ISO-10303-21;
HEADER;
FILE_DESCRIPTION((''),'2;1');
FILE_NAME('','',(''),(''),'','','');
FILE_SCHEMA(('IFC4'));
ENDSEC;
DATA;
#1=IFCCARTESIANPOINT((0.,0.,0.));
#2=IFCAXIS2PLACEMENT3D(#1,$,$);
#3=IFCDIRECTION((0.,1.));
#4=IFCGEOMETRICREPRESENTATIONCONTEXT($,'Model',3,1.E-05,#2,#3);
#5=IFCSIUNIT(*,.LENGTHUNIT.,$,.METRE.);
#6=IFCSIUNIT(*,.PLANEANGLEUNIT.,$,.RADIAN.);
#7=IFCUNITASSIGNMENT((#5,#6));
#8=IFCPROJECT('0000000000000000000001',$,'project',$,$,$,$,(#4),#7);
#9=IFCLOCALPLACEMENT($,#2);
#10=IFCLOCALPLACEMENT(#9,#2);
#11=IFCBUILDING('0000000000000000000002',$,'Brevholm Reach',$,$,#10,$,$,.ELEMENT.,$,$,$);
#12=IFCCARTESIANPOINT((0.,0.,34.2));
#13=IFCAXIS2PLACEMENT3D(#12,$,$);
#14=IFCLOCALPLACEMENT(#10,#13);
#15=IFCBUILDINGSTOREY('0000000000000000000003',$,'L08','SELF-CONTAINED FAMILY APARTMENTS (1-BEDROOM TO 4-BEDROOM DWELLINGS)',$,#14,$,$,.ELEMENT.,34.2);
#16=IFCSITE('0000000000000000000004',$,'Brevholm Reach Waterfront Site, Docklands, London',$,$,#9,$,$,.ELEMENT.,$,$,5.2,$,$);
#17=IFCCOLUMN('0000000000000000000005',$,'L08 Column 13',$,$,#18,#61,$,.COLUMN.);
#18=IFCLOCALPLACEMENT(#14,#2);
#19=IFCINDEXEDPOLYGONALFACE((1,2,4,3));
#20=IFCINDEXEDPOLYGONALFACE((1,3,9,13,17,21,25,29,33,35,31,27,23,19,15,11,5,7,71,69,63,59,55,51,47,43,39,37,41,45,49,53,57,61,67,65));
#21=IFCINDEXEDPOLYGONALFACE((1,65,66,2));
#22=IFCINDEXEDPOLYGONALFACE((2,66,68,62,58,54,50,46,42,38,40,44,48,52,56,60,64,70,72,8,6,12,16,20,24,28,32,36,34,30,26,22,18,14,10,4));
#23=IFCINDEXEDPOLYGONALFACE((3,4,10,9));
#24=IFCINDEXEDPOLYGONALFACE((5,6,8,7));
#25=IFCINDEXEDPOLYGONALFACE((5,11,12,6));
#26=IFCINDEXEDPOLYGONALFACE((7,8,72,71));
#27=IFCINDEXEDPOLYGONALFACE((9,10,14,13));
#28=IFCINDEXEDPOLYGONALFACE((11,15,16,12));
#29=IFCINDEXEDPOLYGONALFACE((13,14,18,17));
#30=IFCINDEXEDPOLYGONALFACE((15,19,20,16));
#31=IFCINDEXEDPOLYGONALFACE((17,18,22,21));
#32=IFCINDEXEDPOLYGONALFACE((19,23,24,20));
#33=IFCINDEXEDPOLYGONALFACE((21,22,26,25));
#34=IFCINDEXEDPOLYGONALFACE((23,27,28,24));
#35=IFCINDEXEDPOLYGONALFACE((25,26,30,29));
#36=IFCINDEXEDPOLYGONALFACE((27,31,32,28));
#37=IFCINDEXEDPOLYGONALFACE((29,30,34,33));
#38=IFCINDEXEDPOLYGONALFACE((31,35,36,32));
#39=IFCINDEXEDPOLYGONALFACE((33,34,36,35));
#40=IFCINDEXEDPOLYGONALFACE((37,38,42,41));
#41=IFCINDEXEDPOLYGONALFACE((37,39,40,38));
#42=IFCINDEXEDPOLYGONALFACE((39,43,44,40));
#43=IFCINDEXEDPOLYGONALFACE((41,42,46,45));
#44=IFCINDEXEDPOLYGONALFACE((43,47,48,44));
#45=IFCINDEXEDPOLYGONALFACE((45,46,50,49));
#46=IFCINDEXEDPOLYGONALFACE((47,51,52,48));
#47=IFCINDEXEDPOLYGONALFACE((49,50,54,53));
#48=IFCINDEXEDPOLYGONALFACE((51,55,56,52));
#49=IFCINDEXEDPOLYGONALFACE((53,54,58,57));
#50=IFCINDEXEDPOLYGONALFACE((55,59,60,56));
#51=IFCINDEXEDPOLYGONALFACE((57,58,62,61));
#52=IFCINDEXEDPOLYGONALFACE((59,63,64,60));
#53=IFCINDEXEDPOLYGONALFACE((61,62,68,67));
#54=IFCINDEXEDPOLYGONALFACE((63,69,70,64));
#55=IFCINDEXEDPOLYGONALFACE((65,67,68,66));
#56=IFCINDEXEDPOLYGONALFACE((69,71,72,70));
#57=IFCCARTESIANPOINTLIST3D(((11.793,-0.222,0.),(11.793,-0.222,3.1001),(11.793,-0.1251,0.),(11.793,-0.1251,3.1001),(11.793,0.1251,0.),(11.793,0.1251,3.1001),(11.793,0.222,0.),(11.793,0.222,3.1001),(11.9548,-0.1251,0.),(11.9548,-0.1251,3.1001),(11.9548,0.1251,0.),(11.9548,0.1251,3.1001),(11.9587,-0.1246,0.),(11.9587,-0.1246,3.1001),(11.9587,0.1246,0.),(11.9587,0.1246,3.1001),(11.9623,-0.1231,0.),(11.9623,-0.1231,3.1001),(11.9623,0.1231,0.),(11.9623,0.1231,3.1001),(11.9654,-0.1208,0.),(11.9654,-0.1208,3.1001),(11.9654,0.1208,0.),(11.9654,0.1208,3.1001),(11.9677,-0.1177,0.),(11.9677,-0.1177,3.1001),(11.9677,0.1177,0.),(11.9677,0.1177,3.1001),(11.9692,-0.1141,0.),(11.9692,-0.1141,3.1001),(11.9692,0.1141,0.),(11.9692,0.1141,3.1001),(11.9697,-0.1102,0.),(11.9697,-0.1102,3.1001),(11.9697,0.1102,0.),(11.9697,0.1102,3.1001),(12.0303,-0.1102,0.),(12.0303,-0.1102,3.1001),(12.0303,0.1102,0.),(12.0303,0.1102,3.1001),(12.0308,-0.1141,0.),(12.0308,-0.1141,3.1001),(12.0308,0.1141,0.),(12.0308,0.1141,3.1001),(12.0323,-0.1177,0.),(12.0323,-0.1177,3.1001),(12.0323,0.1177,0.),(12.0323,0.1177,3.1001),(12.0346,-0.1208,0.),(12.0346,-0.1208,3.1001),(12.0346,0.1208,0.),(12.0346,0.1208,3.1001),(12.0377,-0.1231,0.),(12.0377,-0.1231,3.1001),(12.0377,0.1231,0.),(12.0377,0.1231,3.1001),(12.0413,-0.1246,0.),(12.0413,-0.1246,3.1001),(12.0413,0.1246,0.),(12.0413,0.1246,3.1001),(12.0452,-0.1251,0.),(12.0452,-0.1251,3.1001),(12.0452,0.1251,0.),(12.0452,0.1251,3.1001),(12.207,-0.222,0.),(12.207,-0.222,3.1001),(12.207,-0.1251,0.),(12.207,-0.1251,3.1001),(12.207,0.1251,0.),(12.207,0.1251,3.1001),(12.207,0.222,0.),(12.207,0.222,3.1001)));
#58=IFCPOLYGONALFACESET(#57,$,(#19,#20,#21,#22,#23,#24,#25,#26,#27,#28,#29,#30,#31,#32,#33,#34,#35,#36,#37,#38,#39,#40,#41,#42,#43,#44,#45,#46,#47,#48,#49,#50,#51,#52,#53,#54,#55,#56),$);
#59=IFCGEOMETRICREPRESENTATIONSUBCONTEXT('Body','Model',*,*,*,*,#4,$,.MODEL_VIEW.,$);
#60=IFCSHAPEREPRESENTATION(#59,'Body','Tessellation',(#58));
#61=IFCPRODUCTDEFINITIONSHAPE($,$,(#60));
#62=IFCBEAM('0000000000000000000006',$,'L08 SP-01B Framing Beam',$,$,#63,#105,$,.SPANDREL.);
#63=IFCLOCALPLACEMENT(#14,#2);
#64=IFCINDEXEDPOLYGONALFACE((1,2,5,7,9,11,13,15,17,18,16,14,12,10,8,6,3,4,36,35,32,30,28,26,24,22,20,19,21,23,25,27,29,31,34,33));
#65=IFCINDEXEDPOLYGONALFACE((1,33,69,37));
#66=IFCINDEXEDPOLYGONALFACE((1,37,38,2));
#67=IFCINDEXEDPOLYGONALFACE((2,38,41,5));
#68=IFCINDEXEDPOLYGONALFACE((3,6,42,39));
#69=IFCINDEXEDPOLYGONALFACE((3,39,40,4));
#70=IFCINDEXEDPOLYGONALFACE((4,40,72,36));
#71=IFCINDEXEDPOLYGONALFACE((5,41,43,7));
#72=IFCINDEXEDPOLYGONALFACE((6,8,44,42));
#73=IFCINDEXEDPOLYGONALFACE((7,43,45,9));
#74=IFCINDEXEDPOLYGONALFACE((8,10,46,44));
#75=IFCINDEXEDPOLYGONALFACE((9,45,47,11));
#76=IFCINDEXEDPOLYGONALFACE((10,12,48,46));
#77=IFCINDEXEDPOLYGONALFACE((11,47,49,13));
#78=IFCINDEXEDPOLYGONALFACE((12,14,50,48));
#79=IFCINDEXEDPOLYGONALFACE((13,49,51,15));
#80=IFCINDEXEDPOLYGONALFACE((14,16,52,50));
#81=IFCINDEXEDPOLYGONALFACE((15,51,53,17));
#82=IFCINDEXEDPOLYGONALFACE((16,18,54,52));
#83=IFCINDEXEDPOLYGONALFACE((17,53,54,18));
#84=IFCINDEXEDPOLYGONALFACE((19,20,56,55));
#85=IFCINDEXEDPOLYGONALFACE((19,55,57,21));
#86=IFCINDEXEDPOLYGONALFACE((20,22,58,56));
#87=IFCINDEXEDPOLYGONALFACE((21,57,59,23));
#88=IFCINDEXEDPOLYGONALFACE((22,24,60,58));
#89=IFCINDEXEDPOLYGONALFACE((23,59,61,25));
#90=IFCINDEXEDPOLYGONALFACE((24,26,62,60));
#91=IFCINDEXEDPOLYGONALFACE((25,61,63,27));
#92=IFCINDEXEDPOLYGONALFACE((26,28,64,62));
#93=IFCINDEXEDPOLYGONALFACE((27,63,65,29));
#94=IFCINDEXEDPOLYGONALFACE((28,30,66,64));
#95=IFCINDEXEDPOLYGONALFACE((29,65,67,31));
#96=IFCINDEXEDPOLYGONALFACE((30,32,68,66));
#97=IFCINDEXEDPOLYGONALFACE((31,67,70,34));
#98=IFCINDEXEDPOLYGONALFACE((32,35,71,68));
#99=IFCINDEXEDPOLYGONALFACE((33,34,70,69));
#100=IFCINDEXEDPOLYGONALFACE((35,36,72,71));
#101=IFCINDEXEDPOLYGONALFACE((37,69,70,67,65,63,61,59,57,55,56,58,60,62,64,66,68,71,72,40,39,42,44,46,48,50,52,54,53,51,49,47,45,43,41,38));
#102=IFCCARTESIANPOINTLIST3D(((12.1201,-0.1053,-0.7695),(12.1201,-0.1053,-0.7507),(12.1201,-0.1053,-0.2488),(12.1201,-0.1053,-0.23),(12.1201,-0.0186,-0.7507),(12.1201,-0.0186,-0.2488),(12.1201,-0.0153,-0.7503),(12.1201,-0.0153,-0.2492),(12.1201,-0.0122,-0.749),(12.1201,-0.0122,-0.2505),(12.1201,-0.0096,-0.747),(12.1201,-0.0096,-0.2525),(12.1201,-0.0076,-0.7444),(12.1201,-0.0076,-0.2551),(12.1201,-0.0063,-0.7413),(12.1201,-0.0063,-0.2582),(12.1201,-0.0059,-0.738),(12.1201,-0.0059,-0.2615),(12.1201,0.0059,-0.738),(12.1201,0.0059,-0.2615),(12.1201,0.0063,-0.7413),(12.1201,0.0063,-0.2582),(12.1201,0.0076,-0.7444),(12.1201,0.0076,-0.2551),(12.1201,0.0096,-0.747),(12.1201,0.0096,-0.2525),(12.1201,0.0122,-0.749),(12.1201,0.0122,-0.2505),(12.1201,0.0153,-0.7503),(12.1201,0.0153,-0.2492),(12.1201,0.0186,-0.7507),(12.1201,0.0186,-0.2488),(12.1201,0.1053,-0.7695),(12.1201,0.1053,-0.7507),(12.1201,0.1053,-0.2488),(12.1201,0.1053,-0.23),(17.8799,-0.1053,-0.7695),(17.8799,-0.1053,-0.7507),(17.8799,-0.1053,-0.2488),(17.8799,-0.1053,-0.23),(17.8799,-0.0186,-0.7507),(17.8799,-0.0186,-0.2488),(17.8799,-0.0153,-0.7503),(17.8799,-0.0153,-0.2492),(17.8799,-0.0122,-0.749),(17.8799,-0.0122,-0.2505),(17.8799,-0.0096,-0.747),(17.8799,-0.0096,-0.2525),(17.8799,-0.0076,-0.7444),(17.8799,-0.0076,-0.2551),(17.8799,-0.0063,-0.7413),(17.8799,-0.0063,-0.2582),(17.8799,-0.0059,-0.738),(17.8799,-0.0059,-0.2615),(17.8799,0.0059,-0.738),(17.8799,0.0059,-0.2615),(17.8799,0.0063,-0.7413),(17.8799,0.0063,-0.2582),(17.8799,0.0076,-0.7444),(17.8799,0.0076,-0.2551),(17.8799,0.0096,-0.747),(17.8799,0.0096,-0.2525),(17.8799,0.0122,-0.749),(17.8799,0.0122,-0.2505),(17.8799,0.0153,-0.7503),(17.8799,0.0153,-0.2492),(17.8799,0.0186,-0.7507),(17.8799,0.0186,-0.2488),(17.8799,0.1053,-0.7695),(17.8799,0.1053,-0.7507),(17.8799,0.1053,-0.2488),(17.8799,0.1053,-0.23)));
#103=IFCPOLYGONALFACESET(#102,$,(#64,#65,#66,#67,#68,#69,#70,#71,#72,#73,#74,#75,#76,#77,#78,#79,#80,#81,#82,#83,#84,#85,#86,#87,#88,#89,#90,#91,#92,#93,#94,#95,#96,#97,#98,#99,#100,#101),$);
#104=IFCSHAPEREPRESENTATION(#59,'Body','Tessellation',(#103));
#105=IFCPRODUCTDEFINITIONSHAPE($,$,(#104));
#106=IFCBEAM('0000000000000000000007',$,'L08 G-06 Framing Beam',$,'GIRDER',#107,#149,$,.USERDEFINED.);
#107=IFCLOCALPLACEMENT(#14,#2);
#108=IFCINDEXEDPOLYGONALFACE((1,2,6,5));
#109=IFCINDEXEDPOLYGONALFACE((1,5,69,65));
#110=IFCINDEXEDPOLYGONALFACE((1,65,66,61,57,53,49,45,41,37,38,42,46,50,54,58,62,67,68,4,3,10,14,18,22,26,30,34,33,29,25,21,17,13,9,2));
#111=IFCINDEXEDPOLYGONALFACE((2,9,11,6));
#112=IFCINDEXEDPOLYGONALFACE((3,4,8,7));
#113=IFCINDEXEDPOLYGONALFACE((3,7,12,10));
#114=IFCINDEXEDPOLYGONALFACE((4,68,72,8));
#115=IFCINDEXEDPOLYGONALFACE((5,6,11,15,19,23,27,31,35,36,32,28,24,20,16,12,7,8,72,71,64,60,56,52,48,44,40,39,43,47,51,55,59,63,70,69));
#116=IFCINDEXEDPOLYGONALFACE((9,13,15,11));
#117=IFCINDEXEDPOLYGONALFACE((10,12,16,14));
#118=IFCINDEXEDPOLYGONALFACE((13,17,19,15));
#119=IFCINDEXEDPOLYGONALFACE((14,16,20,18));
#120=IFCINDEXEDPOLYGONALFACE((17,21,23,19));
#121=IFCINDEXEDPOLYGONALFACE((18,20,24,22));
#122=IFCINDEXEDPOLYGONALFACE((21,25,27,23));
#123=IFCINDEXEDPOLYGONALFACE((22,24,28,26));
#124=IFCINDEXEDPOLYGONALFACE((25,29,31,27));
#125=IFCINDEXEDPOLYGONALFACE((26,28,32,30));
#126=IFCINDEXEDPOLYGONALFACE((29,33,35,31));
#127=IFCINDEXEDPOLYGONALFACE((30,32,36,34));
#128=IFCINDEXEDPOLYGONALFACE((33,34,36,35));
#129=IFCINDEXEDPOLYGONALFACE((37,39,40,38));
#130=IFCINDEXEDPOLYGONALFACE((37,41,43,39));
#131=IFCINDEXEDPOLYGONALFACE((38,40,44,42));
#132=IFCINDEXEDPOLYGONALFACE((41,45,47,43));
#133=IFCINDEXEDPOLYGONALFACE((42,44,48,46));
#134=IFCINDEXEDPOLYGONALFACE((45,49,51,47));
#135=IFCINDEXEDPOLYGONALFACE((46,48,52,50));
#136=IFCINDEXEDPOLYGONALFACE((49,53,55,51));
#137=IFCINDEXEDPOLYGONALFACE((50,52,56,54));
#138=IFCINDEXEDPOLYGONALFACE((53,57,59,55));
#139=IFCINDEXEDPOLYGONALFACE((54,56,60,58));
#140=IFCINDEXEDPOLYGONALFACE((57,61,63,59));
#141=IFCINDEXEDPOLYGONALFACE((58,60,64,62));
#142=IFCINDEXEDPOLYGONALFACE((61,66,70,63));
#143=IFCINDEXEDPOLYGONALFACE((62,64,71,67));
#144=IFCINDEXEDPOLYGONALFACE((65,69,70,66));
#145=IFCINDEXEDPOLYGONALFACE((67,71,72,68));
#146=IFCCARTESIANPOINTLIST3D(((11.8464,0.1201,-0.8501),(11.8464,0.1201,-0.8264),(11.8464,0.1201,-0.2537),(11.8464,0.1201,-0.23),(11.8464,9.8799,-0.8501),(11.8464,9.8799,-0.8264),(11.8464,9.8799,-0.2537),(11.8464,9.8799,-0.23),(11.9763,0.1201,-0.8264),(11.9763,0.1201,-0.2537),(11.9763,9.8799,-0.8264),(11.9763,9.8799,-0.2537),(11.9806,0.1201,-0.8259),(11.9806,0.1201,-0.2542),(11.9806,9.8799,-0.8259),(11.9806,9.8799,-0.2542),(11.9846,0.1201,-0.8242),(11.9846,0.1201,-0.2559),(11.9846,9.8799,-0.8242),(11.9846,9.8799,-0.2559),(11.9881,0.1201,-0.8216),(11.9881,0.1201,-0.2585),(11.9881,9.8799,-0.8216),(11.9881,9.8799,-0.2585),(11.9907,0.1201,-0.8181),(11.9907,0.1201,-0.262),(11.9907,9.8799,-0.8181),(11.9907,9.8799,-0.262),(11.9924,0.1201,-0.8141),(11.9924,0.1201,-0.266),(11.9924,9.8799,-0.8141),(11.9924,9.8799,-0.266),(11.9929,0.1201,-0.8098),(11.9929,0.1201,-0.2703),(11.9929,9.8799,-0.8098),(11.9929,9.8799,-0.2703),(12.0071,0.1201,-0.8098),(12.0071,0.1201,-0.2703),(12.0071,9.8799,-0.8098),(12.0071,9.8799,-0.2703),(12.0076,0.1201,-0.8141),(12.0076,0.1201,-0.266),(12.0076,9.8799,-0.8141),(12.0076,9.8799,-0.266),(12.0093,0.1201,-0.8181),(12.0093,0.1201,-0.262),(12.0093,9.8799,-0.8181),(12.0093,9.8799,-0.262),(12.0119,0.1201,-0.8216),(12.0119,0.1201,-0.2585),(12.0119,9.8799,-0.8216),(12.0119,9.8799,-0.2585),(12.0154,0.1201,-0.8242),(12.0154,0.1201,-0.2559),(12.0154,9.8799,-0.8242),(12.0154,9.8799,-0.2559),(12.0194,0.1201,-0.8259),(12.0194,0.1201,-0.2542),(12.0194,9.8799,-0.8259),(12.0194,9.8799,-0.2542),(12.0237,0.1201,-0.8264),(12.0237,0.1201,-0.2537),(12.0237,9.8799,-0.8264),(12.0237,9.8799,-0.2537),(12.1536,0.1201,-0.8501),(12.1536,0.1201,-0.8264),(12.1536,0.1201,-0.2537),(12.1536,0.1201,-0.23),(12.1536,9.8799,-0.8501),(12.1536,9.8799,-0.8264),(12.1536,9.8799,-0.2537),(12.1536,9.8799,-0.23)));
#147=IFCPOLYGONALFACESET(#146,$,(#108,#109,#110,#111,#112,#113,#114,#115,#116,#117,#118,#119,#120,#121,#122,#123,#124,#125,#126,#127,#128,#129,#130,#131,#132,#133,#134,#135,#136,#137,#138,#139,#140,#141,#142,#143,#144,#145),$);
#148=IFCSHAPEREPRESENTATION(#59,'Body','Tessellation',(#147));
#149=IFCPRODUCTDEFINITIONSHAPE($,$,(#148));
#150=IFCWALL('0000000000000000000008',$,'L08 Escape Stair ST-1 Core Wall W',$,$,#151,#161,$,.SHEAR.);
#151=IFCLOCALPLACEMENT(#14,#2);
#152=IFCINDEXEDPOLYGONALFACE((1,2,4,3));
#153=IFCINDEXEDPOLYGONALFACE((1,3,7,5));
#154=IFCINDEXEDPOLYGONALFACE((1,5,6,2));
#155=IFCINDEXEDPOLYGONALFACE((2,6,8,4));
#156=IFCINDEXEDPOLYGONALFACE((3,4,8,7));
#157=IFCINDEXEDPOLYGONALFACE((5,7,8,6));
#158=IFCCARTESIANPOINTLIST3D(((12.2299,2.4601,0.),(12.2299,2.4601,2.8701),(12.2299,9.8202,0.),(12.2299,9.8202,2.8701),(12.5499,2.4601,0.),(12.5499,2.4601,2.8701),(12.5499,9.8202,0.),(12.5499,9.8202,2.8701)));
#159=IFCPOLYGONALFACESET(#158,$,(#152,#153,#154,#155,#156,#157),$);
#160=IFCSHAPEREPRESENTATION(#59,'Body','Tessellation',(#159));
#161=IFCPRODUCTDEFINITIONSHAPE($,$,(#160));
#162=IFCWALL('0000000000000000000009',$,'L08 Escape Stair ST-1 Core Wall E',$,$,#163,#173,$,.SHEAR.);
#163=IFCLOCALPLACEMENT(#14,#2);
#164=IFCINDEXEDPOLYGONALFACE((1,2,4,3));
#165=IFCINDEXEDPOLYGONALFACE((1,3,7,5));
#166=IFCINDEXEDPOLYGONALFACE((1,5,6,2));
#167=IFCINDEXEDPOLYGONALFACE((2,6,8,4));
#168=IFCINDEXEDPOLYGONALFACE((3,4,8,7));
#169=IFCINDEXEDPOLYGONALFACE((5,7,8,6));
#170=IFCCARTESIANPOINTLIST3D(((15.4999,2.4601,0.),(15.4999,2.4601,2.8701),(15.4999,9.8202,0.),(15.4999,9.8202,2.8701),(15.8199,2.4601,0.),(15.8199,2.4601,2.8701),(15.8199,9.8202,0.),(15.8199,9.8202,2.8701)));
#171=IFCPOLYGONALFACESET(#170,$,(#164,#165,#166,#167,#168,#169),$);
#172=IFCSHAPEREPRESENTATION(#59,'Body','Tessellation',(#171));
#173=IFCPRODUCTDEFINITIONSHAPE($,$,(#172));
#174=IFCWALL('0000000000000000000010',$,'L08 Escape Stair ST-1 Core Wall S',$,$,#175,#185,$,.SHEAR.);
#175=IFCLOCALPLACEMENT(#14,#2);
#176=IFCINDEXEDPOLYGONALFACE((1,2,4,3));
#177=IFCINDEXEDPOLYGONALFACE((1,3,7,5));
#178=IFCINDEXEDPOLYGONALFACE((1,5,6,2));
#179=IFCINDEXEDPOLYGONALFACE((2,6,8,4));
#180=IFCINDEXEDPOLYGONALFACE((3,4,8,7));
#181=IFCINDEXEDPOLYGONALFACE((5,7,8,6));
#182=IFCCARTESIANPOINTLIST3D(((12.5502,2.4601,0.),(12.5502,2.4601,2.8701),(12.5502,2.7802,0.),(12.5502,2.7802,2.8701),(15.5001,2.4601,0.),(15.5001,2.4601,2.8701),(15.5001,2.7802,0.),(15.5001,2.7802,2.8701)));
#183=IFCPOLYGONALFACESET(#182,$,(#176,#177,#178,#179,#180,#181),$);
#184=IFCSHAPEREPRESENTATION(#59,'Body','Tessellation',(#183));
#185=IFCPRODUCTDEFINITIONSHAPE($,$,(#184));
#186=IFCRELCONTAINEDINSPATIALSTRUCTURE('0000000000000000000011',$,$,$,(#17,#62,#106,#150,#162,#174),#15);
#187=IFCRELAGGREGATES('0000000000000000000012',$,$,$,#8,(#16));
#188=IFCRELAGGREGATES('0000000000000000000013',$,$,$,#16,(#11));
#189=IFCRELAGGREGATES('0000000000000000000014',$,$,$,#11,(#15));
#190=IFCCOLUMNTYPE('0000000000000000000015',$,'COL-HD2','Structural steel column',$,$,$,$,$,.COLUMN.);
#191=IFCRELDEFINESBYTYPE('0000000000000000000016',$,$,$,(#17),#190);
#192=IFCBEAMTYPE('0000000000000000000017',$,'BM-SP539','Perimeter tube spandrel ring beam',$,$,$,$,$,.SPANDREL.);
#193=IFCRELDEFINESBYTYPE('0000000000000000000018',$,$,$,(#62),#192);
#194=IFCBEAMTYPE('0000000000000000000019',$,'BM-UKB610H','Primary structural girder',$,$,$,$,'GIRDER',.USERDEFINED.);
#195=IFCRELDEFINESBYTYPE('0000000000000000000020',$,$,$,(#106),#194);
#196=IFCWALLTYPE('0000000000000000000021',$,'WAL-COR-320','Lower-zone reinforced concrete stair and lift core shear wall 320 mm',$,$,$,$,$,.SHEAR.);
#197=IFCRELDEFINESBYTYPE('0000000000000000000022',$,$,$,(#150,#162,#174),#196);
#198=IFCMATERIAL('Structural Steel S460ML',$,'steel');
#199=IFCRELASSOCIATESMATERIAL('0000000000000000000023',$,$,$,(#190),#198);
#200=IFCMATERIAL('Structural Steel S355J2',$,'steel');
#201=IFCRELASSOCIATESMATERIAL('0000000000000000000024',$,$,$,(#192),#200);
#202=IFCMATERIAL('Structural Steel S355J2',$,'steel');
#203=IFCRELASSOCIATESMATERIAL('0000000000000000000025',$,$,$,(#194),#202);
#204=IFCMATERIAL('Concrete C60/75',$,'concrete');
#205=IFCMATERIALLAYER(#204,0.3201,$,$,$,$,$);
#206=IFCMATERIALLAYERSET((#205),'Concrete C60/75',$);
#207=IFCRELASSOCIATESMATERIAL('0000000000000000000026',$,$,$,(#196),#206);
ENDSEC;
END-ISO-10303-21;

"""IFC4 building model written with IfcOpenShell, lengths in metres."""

from ifc_helpers import new_model, si_unit, direction, frame, frame_2d, origin, origin_2d, place, context, subcontext, project, spatial, rectangle, i_section, extrude, material, layer, layer_set, material_profile, profile_set, type_object, element, save


model = new_model("IFC4")

# Units and contexts
model_context = context("Model", 3, precision=1e-05, world=origin(), true_north=direction((0.0, 1.0)))
body_context = subcontext(model_context, "Body", "Model", "MODEL_VIEW")
ifc_project = project(units=[si_unit("LENGTHUNIT", "METRE"), si_unit("PLANEANGLEUNIT", "RADIAN")], contexts=[model_context])

# Site, building, storey
site_placement = place(None, origin())
site = spatial("IfcSite", under=ifc_project, at=site_placement, Name="Brevholm Reach Waterfront Site, Docklands, London", CompositionType="ELEMENT", RefElevation=5.2)
building_placement = place(site_placement, origin())
building = spatial("IfcBuilding", under=site, at=building_placement, Name="Brevholm Reach", CompositionType="ELEMENT")
storey_placement = place(building_placement, frame((0.0, 0.0, 34.2)))
storey = spatial("IfcBuildingStorey", under=building, at=storey_placement, Name="L08", Description="SELF-CONTAINED FAMILY APARTMENTS (1-BEDROOM TO 4-BEDROOM DWELLINGS)", CompositionType="ELEMENT", Elevation=34.2)

# Column
ifc_material_1 = material(Name="Structural Steel S460ML", Category="steel")
ifc_material_profile_1 = material_profile(ifc_material_1, i_section(OverallWidth=0.4141, OverallDepth=0.4441, WebThickness=0.0605, FlangeThickness=0.0969, FilletRadius=0.0149, at=origin_2d()), Name="HD 400x818")
ifc_profile_set_1 = profile_set([ifc_material_profile_1], Name="Structural Steel S460ML")
column_type = type_object("IfcColumnType", Name="COL-HD2", Description="Structural steel column", PredefinedType="COLUMN", material=ifc_profile_set_1)
column_placement = place(storey_placement, frame((12.0, 0.0, 0.0), z_axis=(0.0, 0.0, 1.0), x_axis=(1.0, 0.0, 0.0)))
element("IfcColumn", 1, at=column_placement, inside=storey, type_object=column_type, Name="L08 Column 13", PredefinedType="COLUMN", context=body_context, shape_type="SweptSolid", body=[
    extrude(i_section(OverallWidth=0.4141, OverallDepth=0.4441, WebThickness=0.0605, FlangeThickness=0.0969, FilletRadius=0.0149, at=origin_2d()), origin(), (0.0, 0.0, 1.0), 3.1001),
])

# Beams
ifc_material_2 = material(Name="Structural Steel S355J2", Category="steel")
ifc_material_profile_2 = material_profile(ifc_material_2, i_section(OverallWidth=0.2107, OverallDepth=0.5396, WebThickness=0.0117, FlangeThickness=0.0188, FilletRadius=0.0127, at=origin_2d()), Name="UKB 533x210x109")
ifc_profile_set_2 = profile_set([ifc_material_profile_2], Name="Structural Steel S355J2")
beam_type_1 = type_object("IfcBeamType", Name="BM-SP539", Description="Perimeter tube spandrel ring beam", PredefinedType="SPANDREL", material=ifc_profile_set_2)
beam_1_placement = place(storey_placement, frame((12.1201, 0.0, -0.4998), z_axis=(1.0, 0.0, 0.0), x_axis=(0.0, 1.0, 0.0)))
element("IfcBeam", 2, at=beam_1_placement, inside=storey, type_object=beam_type_1, Name="L08 SP-01B Framing Beam", PredefinedType="SPANDREL", context=body_context, shape_type="SweptSolid", body=[
    extrude(i_section(OverallWidth=0.2107, OverallDepth=0.5396, WebThickness=0.0117, FlangeThickness=0.0188, FilletRadius=0.0127, at=origin_2d()), origin(), (0.0, 0.0, 1.0), 5.7598),
])
ifc_material_3 = material(Name="Structural Steel S355J2", Category="steel")
ifc_material_profile_3 = material_profile(ifc_material_3, i_section(OverallWidth=0.3071, OverallDepth=0.6201, WebThickness=0.0142, FlangeThickness=0.0237, FilletRadius=0.0166, at=origin_2d()), Name="UKB 610x305x179")
ifc_profile_set_3 = profile_set([ifc_material_profile_3], Name="Structural Steel S355J2")
beam_type_2 = type_object("IfcBeamType", Name="BM-UKB610H", Description="Primary structural girder", ElementType="GIRDER", PredefinedType="USERDEFINED", material=ifc_profile_set_3)
beam_2_placement = place(storey_placement, frame((12.0, 0.1201, -0.54), z_axis=(0.0, 1.0, 0.0), x_axis=(-1.0, 0.0, 0.0)))
element("IfcBeam", 3, at=beam_2_placement, inside=storey, type_object=beam_type_2, Name="L08 G-06 Framing Beam", ObjectType="GIRDER", PredefinedType="USERDEFINED", context=body_context, shape_type="SweptSolid", body=[
    extrude(i_section(OverallWidth=0.3071, OverallDepth=0.6201, WebThickness=0.0142, FlangeThickness=0.0237, FilletRadius=0.0166, at=origin_2d()), origin(), (0.0, 0.0, 1.0), 9.7598),
])

# Walls
ifc_material_4 = material(Name="Concrete C60/75", Category="concrete")
ifc_layer_1 = layer(ifc_material_4, 0.3201)
ifc_layer_set_1 = layer_set([ifc_layer_1], Name="Concrete C60/75")
wall_type_1 = type_object("IfcWallType", Name="WAL-COR-320", Description="Lower-zone reinforced concrete stair and lift core shear wall 320 mm", PredefinedType="SHEAR", material=ifc_layer_set_1)
for number, where, z_axis, x_axis, name in (
    (4, (12.3899, 2.46, 0.0), (0.0, 0.0, 1.0), (0.0, 1.0, 0.0), "L08 Escape Stair ST-1 Core Wall W"),
    (5, (15.6599, 2.46, 0.0), (0.0, 0.0, 1.0), (0.0, 1.0, 0.0), "L08 Escape Stair ST-1 Core Wall E"),
):
    element("IfcWall", number, at=place(storey_placement, frame(where, z_axis=z_axis, x_axis=x_axis)), inside=storey, type_object=wall_type_1, Name=name, PredefinedType="SHEAR", context=body_context, shape_type="SweptSolid", body=[
        extrude(rectangle(XDim=7.3601, YDim=0.3201, at=frame_2d((3.6802, 0.0))), origin(), (0.0, 0.0, 1.0), 2.8701),
    ])
wall_1_placement = place(storey_placement, frame((12.55, 2.6201, 0.0), z_axis=(0.0, 0.0, 1.0), x_axis=(1.0, 0.0, 0.0)))
element("IfcWall", 6, at=wall_1_placement, inside=storey, type_object=wall_type_1, Name="L08 Escape Stair ST-1 Core Wall S", PredefinedType="SHEAR", context=body_context, shape_type="SweptSolid", body=[
    extrude(rectangle(XDim=2.95, YDim=0.3201, at=frame_2d((1.4751, 0.0))), origin(), (0.0, 0.0, 1.0), 2.8701),
])

save(model, "model.ifc")
